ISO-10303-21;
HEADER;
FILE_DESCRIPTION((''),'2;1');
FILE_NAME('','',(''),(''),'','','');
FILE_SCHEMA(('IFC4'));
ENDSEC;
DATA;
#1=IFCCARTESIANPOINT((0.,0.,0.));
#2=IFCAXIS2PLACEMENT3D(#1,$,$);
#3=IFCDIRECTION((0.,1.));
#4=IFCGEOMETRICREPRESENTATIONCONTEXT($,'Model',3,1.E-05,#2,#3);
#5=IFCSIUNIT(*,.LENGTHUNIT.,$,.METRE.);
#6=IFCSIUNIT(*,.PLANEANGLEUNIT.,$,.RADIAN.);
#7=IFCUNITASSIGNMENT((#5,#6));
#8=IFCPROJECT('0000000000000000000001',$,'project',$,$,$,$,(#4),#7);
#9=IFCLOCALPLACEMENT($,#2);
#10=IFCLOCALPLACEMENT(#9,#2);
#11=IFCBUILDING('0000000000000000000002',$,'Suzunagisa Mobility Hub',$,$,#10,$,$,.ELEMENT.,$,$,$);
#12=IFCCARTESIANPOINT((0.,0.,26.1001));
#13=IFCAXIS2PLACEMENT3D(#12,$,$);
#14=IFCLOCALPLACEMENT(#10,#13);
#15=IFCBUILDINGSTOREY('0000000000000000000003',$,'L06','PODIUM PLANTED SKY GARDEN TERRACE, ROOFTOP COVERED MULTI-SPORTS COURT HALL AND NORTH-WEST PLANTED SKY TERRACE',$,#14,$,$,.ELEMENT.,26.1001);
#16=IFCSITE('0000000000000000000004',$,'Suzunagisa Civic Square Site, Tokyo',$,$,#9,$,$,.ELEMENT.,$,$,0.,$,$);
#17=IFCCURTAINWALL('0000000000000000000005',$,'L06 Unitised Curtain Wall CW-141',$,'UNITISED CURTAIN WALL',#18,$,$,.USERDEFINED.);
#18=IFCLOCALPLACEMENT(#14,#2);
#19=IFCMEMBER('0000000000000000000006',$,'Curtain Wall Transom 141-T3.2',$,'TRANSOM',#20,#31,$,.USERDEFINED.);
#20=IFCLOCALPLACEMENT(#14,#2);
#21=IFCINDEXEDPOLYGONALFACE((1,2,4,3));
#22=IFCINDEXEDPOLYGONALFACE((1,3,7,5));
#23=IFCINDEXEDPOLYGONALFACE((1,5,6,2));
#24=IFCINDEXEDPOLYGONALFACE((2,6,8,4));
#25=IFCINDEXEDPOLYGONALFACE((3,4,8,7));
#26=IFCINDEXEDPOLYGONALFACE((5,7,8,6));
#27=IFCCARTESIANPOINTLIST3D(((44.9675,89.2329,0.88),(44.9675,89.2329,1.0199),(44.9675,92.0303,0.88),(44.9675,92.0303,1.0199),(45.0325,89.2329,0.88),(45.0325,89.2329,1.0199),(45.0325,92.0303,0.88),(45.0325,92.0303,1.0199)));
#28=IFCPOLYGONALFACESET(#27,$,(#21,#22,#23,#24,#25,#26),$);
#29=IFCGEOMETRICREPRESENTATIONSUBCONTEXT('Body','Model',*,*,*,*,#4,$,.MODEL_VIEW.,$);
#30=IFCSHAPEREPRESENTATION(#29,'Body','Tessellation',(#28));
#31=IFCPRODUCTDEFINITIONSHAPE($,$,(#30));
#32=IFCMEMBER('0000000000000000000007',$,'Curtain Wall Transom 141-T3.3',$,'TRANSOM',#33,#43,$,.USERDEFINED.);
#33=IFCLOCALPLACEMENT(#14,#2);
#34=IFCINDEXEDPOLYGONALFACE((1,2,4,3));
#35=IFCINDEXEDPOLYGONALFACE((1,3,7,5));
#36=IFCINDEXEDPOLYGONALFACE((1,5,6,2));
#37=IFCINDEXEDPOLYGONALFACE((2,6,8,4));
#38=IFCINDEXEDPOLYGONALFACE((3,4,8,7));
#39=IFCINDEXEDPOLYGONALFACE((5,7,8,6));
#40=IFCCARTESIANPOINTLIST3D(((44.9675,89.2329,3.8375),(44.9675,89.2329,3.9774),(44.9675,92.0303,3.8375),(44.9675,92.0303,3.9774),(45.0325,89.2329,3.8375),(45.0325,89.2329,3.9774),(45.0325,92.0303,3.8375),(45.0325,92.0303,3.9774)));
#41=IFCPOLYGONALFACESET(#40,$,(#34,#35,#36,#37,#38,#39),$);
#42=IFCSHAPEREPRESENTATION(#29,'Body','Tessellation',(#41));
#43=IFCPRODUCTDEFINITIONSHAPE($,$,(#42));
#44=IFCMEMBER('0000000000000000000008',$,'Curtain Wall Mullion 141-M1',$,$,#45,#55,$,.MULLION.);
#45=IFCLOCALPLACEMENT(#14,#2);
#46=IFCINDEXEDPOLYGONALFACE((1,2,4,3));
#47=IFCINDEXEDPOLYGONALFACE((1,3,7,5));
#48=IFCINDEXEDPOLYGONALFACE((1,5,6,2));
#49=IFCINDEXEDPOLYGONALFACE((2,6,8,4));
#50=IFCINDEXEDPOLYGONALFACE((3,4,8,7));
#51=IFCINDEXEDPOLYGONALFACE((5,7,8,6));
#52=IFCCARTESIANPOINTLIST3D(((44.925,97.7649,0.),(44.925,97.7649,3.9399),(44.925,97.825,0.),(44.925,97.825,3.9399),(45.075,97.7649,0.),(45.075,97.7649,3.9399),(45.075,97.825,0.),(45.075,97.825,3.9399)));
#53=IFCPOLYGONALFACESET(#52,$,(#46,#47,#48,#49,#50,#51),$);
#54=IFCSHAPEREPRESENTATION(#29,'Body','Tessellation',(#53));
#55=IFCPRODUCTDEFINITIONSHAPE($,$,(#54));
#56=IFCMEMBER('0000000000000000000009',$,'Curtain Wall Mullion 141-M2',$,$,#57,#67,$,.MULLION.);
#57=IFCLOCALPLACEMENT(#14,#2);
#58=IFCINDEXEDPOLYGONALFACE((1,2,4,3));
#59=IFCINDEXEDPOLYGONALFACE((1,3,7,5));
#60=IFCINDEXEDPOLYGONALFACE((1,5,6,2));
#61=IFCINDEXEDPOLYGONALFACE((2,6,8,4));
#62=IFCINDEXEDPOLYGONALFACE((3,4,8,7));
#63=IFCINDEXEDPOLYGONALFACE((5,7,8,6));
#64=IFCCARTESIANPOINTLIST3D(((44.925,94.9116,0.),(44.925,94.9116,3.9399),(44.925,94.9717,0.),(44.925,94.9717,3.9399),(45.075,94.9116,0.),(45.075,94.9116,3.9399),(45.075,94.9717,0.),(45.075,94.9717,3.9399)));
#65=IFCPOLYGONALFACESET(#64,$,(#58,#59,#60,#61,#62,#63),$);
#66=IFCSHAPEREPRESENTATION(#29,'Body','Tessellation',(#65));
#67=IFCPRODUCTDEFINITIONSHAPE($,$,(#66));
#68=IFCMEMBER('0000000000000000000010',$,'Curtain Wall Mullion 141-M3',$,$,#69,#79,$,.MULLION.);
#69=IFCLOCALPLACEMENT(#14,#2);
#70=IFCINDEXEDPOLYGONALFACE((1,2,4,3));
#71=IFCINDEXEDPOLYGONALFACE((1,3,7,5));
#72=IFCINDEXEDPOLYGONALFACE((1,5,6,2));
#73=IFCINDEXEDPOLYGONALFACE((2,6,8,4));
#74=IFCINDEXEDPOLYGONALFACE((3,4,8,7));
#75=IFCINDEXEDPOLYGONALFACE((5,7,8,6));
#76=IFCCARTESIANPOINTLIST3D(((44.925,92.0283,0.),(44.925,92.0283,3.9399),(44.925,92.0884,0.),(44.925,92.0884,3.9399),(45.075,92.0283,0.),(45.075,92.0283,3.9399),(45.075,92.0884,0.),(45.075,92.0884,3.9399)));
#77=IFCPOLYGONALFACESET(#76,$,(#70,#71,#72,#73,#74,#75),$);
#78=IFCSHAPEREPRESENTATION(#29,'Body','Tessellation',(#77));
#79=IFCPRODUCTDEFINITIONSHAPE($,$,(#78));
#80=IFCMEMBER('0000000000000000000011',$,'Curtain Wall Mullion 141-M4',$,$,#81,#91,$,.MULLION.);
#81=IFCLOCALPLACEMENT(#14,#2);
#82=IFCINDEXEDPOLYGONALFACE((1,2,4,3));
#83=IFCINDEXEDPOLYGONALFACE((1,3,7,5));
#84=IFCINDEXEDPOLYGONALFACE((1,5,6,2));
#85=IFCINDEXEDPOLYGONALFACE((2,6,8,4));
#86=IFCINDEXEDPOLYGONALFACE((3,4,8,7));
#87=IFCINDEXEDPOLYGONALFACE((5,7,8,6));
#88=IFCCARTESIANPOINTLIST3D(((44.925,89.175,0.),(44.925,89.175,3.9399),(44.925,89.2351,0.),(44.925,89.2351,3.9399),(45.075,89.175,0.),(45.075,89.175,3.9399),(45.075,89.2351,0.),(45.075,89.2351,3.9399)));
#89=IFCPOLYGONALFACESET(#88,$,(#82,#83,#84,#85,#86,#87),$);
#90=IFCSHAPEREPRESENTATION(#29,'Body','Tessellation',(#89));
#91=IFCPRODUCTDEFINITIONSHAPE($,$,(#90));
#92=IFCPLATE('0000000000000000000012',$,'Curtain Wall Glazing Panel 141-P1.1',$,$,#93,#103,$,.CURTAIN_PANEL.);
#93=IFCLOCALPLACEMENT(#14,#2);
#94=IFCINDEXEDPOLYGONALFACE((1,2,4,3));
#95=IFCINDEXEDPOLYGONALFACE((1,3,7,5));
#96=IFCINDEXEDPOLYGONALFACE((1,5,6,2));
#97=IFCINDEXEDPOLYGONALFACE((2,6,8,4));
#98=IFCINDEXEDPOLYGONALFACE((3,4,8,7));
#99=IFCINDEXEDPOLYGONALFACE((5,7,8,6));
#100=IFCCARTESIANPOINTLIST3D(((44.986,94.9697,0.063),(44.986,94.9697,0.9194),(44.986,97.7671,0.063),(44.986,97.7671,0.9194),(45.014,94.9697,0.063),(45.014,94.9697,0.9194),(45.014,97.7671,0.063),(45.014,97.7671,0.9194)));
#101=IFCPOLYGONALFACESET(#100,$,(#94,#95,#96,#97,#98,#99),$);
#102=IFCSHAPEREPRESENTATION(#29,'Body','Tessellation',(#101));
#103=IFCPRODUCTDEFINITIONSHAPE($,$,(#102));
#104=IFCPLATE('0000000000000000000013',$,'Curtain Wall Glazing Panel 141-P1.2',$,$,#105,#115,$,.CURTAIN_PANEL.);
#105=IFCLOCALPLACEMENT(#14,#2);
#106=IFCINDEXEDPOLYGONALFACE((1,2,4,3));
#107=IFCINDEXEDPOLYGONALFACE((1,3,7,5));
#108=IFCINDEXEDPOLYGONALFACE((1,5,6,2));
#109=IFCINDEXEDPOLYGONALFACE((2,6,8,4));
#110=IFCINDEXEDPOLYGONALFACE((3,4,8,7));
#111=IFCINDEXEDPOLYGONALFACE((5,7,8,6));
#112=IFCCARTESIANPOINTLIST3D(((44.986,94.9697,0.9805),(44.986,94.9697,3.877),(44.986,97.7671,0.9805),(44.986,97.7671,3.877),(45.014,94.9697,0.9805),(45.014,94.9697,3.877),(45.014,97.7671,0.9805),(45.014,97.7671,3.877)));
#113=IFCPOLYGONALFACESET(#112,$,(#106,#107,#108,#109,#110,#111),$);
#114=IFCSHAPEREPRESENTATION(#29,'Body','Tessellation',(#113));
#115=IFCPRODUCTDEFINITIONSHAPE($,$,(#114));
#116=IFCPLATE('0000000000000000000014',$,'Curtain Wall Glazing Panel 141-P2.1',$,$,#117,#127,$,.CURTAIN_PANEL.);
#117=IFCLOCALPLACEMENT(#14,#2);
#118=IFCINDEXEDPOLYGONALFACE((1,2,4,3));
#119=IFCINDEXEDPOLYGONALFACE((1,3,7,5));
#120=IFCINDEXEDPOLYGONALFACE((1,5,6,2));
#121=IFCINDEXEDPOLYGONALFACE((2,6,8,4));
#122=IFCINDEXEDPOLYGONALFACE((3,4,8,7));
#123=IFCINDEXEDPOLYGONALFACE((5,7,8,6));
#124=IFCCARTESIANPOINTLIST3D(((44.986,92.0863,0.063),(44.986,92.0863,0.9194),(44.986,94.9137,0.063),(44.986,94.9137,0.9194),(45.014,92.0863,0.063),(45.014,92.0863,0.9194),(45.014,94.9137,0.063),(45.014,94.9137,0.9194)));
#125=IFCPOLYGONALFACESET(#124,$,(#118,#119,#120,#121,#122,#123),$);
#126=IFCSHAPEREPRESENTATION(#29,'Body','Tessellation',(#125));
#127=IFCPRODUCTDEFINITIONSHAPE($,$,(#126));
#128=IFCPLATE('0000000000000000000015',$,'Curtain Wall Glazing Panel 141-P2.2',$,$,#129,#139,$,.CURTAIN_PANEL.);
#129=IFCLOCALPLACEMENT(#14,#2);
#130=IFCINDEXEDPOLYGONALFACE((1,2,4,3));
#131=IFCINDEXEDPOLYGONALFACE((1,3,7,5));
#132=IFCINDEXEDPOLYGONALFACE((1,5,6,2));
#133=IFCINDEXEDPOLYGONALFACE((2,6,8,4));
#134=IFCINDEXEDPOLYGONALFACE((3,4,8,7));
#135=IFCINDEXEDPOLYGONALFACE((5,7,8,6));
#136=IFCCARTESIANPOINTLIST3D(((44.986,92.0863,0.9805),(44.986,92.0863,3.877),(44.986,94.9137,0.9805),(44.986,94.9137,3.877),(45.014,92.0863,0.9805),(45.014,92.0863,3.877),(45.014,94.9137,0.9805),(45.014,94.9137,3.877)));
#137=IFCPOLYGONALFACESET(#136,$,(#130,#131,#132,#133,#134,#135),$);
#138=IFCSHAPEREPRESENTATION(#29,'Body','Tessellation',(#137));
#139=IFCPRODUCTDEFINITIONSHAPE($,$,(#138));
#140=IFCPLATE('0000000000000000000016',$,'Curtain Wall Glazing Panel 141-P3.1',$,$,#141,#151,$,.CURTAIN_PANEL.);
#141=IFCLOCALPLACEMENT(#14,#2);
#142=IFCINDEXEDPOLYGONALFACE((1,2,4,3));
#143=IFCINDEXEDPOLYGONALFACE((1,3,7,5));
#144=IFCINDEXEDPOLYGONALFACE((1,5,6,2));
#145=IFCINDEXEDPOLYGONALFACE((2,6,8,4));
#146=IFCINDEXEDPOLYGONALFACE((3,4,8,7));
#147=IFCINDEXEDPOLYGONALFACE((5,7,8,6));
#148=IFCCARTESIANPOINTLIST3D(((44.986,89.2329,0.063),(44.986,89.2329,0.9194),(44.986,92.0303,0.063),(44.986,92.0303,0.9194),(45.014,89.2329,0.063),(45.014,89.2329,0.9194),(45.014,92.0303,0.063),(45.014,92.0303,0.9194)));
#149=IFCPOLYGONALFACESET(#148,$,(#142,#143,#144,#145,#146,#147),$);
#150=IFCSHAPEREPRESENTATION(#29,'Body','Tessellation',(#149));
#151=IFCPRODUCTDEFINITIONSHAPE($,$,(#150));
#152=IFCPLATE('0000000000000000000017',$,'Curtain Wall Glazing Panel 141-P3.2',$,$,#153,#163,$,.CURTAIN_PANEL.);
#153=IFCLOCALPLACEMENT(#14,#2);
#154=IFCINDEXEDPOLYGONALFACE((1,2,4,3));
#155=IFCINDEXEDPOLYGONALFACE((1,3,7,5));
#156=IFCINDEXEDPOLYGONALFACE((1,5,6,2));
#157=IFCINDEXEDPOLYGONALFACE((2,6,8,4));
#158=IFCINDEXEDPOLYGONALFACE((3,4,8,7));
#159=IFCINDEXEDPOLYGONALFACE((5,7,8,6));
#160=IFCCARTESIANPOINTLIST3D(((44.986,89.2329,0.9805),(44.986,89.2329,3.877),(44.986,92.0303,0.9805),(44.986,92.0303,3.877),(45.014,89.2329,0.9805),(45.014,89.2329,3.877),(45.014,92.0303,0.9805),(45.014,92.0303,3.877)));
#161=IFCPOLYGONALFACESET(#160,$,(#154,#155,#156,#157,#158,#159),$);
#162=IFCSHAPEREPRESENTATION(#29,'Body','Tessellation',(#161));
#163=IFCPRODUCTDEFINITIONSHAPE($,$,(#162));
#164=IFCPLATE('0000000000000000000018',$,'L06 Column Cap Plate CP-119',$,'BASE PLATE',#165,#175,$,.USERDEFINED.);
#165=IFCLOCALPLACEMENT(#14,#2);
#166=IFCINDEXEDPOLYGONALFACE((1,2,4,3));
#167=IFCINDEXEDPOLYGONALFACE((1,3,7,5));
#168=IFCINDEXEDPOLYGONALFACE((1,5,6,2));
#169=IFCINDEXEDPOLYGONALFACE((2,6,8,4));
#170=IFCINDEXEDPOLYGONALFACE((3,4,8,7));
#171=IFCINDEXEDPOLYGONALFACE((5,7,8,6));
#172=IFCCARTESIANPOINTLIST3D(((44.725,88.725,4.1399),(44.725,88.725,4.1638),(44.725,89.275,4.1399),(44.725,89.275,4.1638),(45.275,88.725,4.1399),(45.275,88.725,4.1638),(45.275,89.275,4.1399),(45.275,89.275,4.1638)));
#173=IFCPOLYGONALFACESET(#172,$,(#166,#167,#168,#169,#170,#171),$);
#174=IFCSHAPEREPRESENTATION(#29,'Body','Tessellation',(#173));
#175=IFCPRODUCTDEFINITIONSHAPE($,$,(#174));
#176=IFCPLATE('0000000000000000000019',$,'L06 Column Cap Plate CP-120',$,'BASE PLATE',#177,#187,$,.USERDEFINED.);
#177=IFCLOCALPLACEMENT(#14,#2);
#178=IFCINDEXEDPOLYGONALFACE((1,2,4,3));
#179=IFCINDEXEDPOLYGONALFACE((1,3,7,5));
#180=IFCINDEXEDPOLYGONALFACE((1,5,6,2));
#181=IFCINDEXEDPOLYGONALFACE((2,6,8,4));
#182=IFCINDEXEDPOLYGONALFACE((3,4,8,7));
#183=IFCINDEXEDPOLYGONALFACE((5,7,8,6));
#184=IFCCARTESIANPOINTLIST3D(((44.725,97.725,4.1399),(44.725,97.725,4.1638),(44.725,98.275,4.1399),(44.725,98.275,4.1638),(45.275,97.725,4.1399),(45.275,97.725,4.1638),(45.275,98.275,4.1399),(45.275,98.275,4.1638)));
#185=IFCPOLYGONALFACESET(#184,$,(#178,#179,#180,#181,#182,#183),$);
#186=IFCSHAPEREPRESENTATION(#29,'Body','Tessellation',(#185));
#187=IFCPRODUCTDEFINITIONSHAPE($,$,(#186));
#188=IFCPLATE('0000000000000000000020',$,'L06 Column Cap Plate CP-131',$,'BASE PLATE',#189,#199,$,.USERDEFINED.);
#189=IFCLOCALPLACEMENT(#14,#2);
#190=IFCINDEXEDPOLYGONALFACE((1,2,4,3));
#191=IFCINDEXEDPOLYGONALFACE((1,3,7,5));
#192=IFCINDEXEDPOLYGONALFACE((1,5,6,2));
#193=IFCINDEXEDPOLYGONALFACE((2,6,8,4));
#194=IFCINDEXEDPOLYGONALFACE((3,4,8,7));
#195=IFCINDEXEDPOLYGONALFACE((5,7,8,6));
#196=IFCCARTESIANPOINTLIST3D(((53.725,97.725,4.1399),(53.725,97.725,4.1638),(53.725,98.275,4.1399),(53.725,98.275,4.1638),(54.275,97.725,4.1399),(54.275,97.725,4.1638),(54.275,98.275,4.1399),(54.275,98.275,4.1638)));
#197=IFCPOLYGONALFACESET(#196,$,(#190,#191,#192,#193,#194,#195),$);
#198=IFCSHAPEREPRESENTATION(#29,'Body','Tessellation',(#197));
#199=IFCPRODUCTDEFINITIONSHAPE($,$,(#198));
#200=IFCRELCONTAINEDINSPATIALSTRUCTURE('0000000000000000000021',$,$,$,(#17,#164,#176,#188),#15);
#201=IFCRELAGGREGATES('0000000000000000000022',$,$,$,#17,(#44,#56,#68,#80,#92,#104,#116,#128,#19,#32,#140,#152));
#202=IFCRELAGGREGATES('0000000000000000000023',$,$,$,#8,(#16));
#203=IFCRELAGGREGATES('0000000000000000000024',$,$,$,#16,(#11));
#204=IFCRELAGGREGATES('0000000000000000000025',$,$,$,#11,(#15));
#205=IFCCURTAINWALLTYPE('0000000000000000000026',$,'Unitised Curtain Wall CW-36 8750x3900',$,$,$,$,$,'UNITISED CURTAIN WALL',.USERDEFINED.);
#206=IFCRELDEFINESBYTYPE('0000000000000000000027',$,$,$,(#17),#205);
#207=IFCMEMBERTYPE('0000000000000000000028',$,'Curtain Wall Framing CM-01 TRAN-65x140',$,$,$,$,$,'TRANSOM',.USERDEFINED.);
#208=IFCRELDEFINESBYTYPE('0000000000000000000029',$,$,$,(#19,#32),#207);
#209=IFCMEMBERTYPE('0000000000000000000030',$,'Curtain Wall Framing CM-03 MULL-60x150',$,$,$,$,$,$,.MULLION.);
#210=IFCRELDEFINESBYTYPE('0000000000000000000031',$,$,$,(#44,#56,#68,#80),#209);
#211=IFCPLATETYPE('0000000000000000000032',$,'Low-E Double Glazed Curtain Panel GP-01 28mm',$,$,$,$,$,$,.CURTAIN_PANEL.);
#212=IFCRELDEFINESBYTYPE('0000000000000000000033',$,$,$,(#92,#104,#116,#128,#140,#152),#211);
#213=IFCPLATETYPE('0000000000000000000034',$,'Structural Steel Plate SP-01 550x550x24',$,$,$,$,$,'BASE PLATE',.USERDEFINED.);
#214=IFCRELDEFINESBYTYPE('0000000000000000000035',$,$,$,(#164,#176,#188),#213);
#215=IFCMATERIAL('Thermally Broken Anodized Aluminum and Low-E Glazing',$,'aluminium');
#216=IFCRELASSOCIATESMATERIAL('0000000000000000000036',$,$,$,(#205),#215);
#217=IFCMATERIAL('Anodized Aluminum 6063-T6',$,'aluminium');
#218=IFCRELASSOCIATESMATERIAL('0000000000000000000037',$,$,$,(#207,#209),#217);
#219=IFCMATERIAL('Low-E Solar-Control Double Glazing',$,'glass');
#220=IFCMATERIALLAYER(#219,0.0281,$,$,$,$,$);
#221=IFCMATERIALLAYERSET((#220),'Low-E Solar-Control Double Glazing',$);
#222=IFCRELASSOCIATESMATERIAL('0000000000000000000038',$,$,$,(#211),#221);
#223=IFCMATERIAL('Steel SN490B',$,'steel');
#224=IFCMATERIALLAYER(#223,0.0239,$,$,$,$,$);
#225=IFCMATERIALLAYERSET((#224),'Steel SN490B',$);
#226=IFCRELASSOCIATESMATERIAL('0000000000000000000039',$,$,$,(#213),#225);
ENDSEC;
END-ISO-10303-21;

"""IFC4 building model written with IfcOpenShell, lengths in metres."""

from ifc_helpers import new_model, si_unit, direction, frame, origin, origin_2d, place, context, subcontext, project, spatial, rectangle, extrude, material, layer, layer_set, material_profile, profile_set, type_object, element, aggregate, save


model = new_model("IFC4")

# Units and contexts
model_context = context("Model", 3, precision=1e-05, world=origin(), true_north=direction((0.0, 1.0)))
body_context = subcontext(model_context, "Body", "Model", "MODEL_VIEW")
ifc_project = project(units=[si_unit("LENGTHUNIT", "METRE"), si_unit("PLANEANGLEUNIT", "RADIAN")], contexts=[model_context])

# Site, building, storey
site_placement = place(None, origin())
site = spatial("IfcSite", under=ifc_project, at=site_placement, Name="Suzunagisa Civic Square Site, Tokyo", CompositionType="ELEMENT", RefElevation=0.0)
building_placement = place(site_placement, origin())
building = spatial("IfcBuilding", under=site, at=building_placement, Name="Suzunagisa Mobility Hub", CompositionType="ELEMENT")
storey_placement = place(building_placement, frame((0.0, 0.0, 26.1001)))
storey = spatial("IfcBuildingStorey", under=building, at=storey_placement, Name="L06", Description="PODIUM PLANTED SKY GARDEN TERRACE, ROOFTOP COVERED MULTI-SPORTS COURT HALL AND NORTH-WEST PLANTED SKY TERRACE", CompositionType="ELEMENT", Elevation=26.1001)

# Shared definitions
ifc_material_1 = material(Name="Steel SN490B", Category="steel")

# Curtain wall, members, plates
ifc_material_2 = material(Name="Thermally Broken Anodized Aluminum and Low-E Glazing", Category="aluminium")
curtain_wall_type = type_object("IfcCurtainWallType", Name="Unitised Curtain Wall CW-36 8750x3900", ElementType="UNITISED CURTAIN WALL", PredefinedType="USERDEFINED", material=ifc_material_2)
curtain_wall_placement = place(storey_placement, origin())
curtain_wall = element("IfcCurtainWall", 1, at=curtain_wall_placement, inside=storey, type_object=curtain_wall_type, Name="L06 Unitised Curtain Wall CW-141", ObjectType="UNITISED CURTAIN WALL", PredefinedType="USERDEFINED")
ifc_material_3 = material(Name="Anodized Aluminum 6063-T6", Category="aluminium")
ifc_material_profile_1 = material_profile(ifc_material_3, rectangle(XDim=0.0649, YDim=0.1399, at=origin_2d()), Name="TRAN-65x140")
ifc_profile_set_1 = profile_set([ifc_material_profile_1], Name="Anodized Aluminum 6063-T6")
member_type_1 = type_object("IfcMemberType", Name="Curtain Wall Framing CM-01 TRAN-65x140", ElementType="TRANSOM", PredefinedType="USERDEFINED", material=ifc_profile_set_1)
member_1_placement = place(storey_placement, frame((45.0, 92.0303, 0.95), z_axis=(0.0, -1.0, 0.0), x_axis=(1.0, 0.0, 0.0)))
member_1 = element("IfcMember", 2, at=member_1_placement, type_object=member_type_1, Name="Curtain Wall Transom 141-T3.2", ObjectType="TRANSOM", PredefinedType="USERDEFINED", context=body_context, shape_type="SweptSolid", body=[
    extrude(rectangle(XDim=0.0649, YDim=0.1399, at=origin_2d()), origin(), (0.0, 0.0, 1.0), 2.7974),
])
member_2_placement = place(storey_placement, frame((45.0, 92.0303, 3.9075), z_axis=(0.0, -1.0, 0.0), x_axis=(1.0, 0.0, 0.0)))
member_2 = element("IfcMember", 3, at=member_2_placement, type_object=member_type_1, Name="Curtain Wall Transom 141-T3.3", ObjectType="TRANSOM", PredefinedType="USERDEFINED", context=body_context, shape_type="SweptSolid", body=[
    extrude(rectangle(XDim=0.0649, YDim=0.1399, at=origin_2d()), origin(), (0.0, 0.0, 1.0), 2.7974),
])
ifc_material_profile_2 = material_profile(ifc_material_3, rectangle(XDim=0.0601, YDim=0.1499, at=origin_2d()), Name="MULL-60x150")
ifc_profile_set_2 = profile_set([ifc_material_profile_2], Name="Anodized Aluminum 6063-T6")
member_type_2 = type_object("IfcMemberType", Name="Curtain Wall Framing CM-03 MULL-60x150", PredefinedType="MULLION", material=ifc_profile_set_2)
member_3_placement = place(storey_placement, frame((45.0, 97.7949, 0.0), z_axis=(0.0, 0.0, 1.0), x_axis=(0.0, -1.0, 0.0)))
member_3 = element("IfcMember", 4, at=member_3_placement, type_object=member_type_2, Name="Curtain Wall Mullion 141-M1", PredefinedType="MULLION", context=body_context, shape_type="SweptSolid", body=[
    extrude(rectangle(XDim=0.0601, YDim=0.1499, at=origin_2d()), origin(), (0.0, 0.0, 1.0), 3.9399),
])
member_4_placement = place(storey_placement, frame((45.0, 94.9417, 0.0), z_axis=(0.0, 0.0, 1.0), x_axis=(0.0, -1.0, 0.0)))
member_4 = element("IfcMember", 5, at=member_4_placement, type_object=member_type_2, Name="Curtain Wall Mullion 141-M2", PredefinedType="MULLION", context=body_context, shape_type="SweptSolid", body=[
    extrude(rectangle(XDim=0.0601, YDim=0.1499, at=origin_2d()), origin(), (0.0, 0.0, 1.0), 3.9399),
])
member_5_placement = place(storey_placement, frame((45.0, 92.0583, 0.0), z_axis=(0.0, 0.0, 1.0), x_axis=(0.0, -1.0, 0.0)))
member_5 = element("IfcMember", 6, at=member_5_placement, type_object=member_type_2, Name="Curtain Wall Mullion 141-M3", PredefinedType="MULLION", context=body_context, shape_type="SweptSolid", body=[
    extrude(rectangle(XDim=0.0601, YDim=0.1499, at=origin_2d()), origin(), (0.0, 0.0, 1.0), 3.9399),
])
member_6_placement = place(storey_placement, frame((45.0, 89.2051, 0.0), z_axis=(0.0, 0.0, 1.0), x_axis=(0.0, -1.0, 0.0)))
member_6 = element("IfcMember", 7, at=member_6_placement, type_object=member_type_2, Name="Curtain Wall Mullion 141-M4", PredefinedType="MULLION", context=body_context, shape_type="SweptSolid", body=[
    extrude(rectangle(XDim=0.0601, YDim=0.1499, at=origin_2d()), origin(), (0.0, 0.0, 1.0), 3.9399),
])
ifc_material_4 = material(Name="Low-E Solar-Control Double Glazing", Category="glass")
ifc_layer_1 = layer(ifc_material_4, 0.0281)
ifc_layer_set_1 = layer_set([ifc_layer_1], Name="Low-E Solar-Control Double Glazing")
plate_type_1 = type_object("IfcPlateType", Name="Low-E Double Glazed Curtain Panel GP-01 28mm", PredefinedType="CURTAIN_PANEL", material=ifc_layer_set_1)
plate_1_placement = place(storey_placement, frame((45.0, 96.3684, 0.063), z_axis=(0.0, 0.0, 1.0), x_axis=(0.0, -1.0, 0.0)))
plate_1 = element("IfcPlate", 8, at=plate_1_placement, type_object=plate_type_1, Name="Curtain Wall Glazing Panel 141-P1.1", PredefinedType="CURTAIN_PANEL", context=body_context, shape_type="SweptSolid", body=[
    extrude(rectangle(XDim=2.7974, YDim=0.0281, at=origin_2d()), origin(), (0.0, 0.0, 1.0), 0.8564),
])
plate_2_placement = place(storey_placement, frame((45.0, 96.3684, 0.9805), z_axis=(0.0, 0.0, 1.0), x_axis=(0.0, -1.0, 0.0)))
plate_2 = element("IfcPlate", 9, at=plate_2_placement, type_object=plate_type_1, Name="Curtain Wall Glazing Panel 141-P1.2", PredefinedType="CURTAIN_PANEL", context=body_context, shape_type="SweptSolid", body=[
    extrude(rectangle(XDim=2.7974, YDim=0.0281, at=origin_2d()), origin(), (0.0, 0.0, 1.0), 2.8965),
])
plate_3_placement = place(storey_placement, frame((45.0, 93.5, 0.063), z_axis=(0.0, 0.0, 1.0), x_axis=(0.0, -1.0, 0.0)))
plate_3 = element("IfcPlate", 10, at=plate_3_placement, type_object=plate_type_1, Name="Curtain Wall Glazing Panel 141-P2.1", PredefinedType="CURTAIN_PANEL", context=body_context, shape_type="SweptSolid", body=[
    extrude(rectangle(XDim=2.8274, YDim=0.0281, at=origin_2d()), origin(), (0.0, 0.0, 1.0), 0.8564),
])
plate_4_placement = place(storey_placement, frame((45.0, 93.5, 0.9805), z_axis=(0.0, 0.0, 1.0), x_axis=(0.0, -1.0, 0.0)))
plate_4 = element("IfcPlate", 11, at=plate_4_placement, type_object=plate_type_1, Name="Curtain Wall Glazing Panel 141-P2.2", PredefinedType="CURTAIN_PANEL", context=body_context, shape_type="SweptSolid", body=[
    extrude(rectangle(XDim=2.8274, YDim=0.0281, at=origin_2d()), origin(), (0.0, 0.0, 1.0), 2.8965),
])
plate_5_placement = place(storey_placement, frame((45.0, 90.6316, 0.063), z_axis=(0.0, 0.0, 1.0), x_axis=(0.0, -1.0, 0.0)))
plate_5 = element("IfcPlate", 12, at=plate_5_placement, type_object=plate_type_1, Name="Curtain Wall Glazing Panel 141-P3.1", PredefinedType="CURTAIN_PANEL", context=body_context, shape_type="SweptSolid", body=[
    extrude(rectangle(XDim=2.7974, YDim=0.0281, at=origin_2d()), origin(), (0.0, 0.0, 1.0), 0.8564),
])
plate_6_placement = place(storey_placement, frame((45.0, 90.6316, 0.9805), z_axis=(0.0, 0.0, 1.0), x_axis=(0.0, -1.0, 0.0)))
plate_6 = element("IfcPlate", 13, at=plate_6_placement, type_object=plate_type_1, Name="Curtain Wall Glazing Panel 141-P3.2", PredefinedType="CURTAIN_PANEL", context=body_context, shape_type="SweptSolid", body=[
    extrude(rectangle(XDim=2.7974, YDim=0.0281, at=origin_2d()), origin(), (0.0, 0.0, 1.0), 2.8965),
])
aggregate(curtain_wall, [member_3, member_4, member_5, member_6, plate_1, plate_2, plate_3, plate_4, member_1, member_2, plate_5, plate_6])

# Plates
ifc_layer_2 = layer(ifc_material_1, 0.0239)
ifc_layer_set_2 = layer_set([ifc_layer_2], Name="Steel SN490B")
plate_type_2 = type_object("IfcPlateType", Name="Structural Steel Plate SP-01 550x550x24", ElementType="BASE PLATE", PredefinedType="USERDEFINED", material=ifc_layer_set_2)
for number, where, z_axis, x_axis, name in (
    (14, (45.0, 89.0, 4.1399), (0.0, 0.0, 1.0), (1.0, 0.0, 0.0), "L06 Column Cap Plate CP-119"),
    (15, (45.0, 98.0, 4.1399), (0.0, 0.0, 1.0), (1.0, 0.0, 0.0), "L06 Column Cap Plate CP-120"),
    (16, (54.0, 98.0, 4.1399), (0.0, 0.0, 1.0), (1.0, 0.0, 0.0), "L06 Column Cap Plate CP-131"),
):
    element("IfcPlate", number, at=place(storey_placement, frame(where, z_axis=z_axis, x_axis=x_axis)), inside=storey, type_object=plate_type_2, Name=name, ObjectType="BASE PLATE", PredefinedType="USERDEFINED", context=body_context, shape_type="SweptSolid", body=[
        extrude(rectangle(XDim=0.55, YDim=0.55, at=origin_2d()), origin(), (0.0, 0.0, 1.0), 0.0239),
    ])

save(model, "model.ifc")
